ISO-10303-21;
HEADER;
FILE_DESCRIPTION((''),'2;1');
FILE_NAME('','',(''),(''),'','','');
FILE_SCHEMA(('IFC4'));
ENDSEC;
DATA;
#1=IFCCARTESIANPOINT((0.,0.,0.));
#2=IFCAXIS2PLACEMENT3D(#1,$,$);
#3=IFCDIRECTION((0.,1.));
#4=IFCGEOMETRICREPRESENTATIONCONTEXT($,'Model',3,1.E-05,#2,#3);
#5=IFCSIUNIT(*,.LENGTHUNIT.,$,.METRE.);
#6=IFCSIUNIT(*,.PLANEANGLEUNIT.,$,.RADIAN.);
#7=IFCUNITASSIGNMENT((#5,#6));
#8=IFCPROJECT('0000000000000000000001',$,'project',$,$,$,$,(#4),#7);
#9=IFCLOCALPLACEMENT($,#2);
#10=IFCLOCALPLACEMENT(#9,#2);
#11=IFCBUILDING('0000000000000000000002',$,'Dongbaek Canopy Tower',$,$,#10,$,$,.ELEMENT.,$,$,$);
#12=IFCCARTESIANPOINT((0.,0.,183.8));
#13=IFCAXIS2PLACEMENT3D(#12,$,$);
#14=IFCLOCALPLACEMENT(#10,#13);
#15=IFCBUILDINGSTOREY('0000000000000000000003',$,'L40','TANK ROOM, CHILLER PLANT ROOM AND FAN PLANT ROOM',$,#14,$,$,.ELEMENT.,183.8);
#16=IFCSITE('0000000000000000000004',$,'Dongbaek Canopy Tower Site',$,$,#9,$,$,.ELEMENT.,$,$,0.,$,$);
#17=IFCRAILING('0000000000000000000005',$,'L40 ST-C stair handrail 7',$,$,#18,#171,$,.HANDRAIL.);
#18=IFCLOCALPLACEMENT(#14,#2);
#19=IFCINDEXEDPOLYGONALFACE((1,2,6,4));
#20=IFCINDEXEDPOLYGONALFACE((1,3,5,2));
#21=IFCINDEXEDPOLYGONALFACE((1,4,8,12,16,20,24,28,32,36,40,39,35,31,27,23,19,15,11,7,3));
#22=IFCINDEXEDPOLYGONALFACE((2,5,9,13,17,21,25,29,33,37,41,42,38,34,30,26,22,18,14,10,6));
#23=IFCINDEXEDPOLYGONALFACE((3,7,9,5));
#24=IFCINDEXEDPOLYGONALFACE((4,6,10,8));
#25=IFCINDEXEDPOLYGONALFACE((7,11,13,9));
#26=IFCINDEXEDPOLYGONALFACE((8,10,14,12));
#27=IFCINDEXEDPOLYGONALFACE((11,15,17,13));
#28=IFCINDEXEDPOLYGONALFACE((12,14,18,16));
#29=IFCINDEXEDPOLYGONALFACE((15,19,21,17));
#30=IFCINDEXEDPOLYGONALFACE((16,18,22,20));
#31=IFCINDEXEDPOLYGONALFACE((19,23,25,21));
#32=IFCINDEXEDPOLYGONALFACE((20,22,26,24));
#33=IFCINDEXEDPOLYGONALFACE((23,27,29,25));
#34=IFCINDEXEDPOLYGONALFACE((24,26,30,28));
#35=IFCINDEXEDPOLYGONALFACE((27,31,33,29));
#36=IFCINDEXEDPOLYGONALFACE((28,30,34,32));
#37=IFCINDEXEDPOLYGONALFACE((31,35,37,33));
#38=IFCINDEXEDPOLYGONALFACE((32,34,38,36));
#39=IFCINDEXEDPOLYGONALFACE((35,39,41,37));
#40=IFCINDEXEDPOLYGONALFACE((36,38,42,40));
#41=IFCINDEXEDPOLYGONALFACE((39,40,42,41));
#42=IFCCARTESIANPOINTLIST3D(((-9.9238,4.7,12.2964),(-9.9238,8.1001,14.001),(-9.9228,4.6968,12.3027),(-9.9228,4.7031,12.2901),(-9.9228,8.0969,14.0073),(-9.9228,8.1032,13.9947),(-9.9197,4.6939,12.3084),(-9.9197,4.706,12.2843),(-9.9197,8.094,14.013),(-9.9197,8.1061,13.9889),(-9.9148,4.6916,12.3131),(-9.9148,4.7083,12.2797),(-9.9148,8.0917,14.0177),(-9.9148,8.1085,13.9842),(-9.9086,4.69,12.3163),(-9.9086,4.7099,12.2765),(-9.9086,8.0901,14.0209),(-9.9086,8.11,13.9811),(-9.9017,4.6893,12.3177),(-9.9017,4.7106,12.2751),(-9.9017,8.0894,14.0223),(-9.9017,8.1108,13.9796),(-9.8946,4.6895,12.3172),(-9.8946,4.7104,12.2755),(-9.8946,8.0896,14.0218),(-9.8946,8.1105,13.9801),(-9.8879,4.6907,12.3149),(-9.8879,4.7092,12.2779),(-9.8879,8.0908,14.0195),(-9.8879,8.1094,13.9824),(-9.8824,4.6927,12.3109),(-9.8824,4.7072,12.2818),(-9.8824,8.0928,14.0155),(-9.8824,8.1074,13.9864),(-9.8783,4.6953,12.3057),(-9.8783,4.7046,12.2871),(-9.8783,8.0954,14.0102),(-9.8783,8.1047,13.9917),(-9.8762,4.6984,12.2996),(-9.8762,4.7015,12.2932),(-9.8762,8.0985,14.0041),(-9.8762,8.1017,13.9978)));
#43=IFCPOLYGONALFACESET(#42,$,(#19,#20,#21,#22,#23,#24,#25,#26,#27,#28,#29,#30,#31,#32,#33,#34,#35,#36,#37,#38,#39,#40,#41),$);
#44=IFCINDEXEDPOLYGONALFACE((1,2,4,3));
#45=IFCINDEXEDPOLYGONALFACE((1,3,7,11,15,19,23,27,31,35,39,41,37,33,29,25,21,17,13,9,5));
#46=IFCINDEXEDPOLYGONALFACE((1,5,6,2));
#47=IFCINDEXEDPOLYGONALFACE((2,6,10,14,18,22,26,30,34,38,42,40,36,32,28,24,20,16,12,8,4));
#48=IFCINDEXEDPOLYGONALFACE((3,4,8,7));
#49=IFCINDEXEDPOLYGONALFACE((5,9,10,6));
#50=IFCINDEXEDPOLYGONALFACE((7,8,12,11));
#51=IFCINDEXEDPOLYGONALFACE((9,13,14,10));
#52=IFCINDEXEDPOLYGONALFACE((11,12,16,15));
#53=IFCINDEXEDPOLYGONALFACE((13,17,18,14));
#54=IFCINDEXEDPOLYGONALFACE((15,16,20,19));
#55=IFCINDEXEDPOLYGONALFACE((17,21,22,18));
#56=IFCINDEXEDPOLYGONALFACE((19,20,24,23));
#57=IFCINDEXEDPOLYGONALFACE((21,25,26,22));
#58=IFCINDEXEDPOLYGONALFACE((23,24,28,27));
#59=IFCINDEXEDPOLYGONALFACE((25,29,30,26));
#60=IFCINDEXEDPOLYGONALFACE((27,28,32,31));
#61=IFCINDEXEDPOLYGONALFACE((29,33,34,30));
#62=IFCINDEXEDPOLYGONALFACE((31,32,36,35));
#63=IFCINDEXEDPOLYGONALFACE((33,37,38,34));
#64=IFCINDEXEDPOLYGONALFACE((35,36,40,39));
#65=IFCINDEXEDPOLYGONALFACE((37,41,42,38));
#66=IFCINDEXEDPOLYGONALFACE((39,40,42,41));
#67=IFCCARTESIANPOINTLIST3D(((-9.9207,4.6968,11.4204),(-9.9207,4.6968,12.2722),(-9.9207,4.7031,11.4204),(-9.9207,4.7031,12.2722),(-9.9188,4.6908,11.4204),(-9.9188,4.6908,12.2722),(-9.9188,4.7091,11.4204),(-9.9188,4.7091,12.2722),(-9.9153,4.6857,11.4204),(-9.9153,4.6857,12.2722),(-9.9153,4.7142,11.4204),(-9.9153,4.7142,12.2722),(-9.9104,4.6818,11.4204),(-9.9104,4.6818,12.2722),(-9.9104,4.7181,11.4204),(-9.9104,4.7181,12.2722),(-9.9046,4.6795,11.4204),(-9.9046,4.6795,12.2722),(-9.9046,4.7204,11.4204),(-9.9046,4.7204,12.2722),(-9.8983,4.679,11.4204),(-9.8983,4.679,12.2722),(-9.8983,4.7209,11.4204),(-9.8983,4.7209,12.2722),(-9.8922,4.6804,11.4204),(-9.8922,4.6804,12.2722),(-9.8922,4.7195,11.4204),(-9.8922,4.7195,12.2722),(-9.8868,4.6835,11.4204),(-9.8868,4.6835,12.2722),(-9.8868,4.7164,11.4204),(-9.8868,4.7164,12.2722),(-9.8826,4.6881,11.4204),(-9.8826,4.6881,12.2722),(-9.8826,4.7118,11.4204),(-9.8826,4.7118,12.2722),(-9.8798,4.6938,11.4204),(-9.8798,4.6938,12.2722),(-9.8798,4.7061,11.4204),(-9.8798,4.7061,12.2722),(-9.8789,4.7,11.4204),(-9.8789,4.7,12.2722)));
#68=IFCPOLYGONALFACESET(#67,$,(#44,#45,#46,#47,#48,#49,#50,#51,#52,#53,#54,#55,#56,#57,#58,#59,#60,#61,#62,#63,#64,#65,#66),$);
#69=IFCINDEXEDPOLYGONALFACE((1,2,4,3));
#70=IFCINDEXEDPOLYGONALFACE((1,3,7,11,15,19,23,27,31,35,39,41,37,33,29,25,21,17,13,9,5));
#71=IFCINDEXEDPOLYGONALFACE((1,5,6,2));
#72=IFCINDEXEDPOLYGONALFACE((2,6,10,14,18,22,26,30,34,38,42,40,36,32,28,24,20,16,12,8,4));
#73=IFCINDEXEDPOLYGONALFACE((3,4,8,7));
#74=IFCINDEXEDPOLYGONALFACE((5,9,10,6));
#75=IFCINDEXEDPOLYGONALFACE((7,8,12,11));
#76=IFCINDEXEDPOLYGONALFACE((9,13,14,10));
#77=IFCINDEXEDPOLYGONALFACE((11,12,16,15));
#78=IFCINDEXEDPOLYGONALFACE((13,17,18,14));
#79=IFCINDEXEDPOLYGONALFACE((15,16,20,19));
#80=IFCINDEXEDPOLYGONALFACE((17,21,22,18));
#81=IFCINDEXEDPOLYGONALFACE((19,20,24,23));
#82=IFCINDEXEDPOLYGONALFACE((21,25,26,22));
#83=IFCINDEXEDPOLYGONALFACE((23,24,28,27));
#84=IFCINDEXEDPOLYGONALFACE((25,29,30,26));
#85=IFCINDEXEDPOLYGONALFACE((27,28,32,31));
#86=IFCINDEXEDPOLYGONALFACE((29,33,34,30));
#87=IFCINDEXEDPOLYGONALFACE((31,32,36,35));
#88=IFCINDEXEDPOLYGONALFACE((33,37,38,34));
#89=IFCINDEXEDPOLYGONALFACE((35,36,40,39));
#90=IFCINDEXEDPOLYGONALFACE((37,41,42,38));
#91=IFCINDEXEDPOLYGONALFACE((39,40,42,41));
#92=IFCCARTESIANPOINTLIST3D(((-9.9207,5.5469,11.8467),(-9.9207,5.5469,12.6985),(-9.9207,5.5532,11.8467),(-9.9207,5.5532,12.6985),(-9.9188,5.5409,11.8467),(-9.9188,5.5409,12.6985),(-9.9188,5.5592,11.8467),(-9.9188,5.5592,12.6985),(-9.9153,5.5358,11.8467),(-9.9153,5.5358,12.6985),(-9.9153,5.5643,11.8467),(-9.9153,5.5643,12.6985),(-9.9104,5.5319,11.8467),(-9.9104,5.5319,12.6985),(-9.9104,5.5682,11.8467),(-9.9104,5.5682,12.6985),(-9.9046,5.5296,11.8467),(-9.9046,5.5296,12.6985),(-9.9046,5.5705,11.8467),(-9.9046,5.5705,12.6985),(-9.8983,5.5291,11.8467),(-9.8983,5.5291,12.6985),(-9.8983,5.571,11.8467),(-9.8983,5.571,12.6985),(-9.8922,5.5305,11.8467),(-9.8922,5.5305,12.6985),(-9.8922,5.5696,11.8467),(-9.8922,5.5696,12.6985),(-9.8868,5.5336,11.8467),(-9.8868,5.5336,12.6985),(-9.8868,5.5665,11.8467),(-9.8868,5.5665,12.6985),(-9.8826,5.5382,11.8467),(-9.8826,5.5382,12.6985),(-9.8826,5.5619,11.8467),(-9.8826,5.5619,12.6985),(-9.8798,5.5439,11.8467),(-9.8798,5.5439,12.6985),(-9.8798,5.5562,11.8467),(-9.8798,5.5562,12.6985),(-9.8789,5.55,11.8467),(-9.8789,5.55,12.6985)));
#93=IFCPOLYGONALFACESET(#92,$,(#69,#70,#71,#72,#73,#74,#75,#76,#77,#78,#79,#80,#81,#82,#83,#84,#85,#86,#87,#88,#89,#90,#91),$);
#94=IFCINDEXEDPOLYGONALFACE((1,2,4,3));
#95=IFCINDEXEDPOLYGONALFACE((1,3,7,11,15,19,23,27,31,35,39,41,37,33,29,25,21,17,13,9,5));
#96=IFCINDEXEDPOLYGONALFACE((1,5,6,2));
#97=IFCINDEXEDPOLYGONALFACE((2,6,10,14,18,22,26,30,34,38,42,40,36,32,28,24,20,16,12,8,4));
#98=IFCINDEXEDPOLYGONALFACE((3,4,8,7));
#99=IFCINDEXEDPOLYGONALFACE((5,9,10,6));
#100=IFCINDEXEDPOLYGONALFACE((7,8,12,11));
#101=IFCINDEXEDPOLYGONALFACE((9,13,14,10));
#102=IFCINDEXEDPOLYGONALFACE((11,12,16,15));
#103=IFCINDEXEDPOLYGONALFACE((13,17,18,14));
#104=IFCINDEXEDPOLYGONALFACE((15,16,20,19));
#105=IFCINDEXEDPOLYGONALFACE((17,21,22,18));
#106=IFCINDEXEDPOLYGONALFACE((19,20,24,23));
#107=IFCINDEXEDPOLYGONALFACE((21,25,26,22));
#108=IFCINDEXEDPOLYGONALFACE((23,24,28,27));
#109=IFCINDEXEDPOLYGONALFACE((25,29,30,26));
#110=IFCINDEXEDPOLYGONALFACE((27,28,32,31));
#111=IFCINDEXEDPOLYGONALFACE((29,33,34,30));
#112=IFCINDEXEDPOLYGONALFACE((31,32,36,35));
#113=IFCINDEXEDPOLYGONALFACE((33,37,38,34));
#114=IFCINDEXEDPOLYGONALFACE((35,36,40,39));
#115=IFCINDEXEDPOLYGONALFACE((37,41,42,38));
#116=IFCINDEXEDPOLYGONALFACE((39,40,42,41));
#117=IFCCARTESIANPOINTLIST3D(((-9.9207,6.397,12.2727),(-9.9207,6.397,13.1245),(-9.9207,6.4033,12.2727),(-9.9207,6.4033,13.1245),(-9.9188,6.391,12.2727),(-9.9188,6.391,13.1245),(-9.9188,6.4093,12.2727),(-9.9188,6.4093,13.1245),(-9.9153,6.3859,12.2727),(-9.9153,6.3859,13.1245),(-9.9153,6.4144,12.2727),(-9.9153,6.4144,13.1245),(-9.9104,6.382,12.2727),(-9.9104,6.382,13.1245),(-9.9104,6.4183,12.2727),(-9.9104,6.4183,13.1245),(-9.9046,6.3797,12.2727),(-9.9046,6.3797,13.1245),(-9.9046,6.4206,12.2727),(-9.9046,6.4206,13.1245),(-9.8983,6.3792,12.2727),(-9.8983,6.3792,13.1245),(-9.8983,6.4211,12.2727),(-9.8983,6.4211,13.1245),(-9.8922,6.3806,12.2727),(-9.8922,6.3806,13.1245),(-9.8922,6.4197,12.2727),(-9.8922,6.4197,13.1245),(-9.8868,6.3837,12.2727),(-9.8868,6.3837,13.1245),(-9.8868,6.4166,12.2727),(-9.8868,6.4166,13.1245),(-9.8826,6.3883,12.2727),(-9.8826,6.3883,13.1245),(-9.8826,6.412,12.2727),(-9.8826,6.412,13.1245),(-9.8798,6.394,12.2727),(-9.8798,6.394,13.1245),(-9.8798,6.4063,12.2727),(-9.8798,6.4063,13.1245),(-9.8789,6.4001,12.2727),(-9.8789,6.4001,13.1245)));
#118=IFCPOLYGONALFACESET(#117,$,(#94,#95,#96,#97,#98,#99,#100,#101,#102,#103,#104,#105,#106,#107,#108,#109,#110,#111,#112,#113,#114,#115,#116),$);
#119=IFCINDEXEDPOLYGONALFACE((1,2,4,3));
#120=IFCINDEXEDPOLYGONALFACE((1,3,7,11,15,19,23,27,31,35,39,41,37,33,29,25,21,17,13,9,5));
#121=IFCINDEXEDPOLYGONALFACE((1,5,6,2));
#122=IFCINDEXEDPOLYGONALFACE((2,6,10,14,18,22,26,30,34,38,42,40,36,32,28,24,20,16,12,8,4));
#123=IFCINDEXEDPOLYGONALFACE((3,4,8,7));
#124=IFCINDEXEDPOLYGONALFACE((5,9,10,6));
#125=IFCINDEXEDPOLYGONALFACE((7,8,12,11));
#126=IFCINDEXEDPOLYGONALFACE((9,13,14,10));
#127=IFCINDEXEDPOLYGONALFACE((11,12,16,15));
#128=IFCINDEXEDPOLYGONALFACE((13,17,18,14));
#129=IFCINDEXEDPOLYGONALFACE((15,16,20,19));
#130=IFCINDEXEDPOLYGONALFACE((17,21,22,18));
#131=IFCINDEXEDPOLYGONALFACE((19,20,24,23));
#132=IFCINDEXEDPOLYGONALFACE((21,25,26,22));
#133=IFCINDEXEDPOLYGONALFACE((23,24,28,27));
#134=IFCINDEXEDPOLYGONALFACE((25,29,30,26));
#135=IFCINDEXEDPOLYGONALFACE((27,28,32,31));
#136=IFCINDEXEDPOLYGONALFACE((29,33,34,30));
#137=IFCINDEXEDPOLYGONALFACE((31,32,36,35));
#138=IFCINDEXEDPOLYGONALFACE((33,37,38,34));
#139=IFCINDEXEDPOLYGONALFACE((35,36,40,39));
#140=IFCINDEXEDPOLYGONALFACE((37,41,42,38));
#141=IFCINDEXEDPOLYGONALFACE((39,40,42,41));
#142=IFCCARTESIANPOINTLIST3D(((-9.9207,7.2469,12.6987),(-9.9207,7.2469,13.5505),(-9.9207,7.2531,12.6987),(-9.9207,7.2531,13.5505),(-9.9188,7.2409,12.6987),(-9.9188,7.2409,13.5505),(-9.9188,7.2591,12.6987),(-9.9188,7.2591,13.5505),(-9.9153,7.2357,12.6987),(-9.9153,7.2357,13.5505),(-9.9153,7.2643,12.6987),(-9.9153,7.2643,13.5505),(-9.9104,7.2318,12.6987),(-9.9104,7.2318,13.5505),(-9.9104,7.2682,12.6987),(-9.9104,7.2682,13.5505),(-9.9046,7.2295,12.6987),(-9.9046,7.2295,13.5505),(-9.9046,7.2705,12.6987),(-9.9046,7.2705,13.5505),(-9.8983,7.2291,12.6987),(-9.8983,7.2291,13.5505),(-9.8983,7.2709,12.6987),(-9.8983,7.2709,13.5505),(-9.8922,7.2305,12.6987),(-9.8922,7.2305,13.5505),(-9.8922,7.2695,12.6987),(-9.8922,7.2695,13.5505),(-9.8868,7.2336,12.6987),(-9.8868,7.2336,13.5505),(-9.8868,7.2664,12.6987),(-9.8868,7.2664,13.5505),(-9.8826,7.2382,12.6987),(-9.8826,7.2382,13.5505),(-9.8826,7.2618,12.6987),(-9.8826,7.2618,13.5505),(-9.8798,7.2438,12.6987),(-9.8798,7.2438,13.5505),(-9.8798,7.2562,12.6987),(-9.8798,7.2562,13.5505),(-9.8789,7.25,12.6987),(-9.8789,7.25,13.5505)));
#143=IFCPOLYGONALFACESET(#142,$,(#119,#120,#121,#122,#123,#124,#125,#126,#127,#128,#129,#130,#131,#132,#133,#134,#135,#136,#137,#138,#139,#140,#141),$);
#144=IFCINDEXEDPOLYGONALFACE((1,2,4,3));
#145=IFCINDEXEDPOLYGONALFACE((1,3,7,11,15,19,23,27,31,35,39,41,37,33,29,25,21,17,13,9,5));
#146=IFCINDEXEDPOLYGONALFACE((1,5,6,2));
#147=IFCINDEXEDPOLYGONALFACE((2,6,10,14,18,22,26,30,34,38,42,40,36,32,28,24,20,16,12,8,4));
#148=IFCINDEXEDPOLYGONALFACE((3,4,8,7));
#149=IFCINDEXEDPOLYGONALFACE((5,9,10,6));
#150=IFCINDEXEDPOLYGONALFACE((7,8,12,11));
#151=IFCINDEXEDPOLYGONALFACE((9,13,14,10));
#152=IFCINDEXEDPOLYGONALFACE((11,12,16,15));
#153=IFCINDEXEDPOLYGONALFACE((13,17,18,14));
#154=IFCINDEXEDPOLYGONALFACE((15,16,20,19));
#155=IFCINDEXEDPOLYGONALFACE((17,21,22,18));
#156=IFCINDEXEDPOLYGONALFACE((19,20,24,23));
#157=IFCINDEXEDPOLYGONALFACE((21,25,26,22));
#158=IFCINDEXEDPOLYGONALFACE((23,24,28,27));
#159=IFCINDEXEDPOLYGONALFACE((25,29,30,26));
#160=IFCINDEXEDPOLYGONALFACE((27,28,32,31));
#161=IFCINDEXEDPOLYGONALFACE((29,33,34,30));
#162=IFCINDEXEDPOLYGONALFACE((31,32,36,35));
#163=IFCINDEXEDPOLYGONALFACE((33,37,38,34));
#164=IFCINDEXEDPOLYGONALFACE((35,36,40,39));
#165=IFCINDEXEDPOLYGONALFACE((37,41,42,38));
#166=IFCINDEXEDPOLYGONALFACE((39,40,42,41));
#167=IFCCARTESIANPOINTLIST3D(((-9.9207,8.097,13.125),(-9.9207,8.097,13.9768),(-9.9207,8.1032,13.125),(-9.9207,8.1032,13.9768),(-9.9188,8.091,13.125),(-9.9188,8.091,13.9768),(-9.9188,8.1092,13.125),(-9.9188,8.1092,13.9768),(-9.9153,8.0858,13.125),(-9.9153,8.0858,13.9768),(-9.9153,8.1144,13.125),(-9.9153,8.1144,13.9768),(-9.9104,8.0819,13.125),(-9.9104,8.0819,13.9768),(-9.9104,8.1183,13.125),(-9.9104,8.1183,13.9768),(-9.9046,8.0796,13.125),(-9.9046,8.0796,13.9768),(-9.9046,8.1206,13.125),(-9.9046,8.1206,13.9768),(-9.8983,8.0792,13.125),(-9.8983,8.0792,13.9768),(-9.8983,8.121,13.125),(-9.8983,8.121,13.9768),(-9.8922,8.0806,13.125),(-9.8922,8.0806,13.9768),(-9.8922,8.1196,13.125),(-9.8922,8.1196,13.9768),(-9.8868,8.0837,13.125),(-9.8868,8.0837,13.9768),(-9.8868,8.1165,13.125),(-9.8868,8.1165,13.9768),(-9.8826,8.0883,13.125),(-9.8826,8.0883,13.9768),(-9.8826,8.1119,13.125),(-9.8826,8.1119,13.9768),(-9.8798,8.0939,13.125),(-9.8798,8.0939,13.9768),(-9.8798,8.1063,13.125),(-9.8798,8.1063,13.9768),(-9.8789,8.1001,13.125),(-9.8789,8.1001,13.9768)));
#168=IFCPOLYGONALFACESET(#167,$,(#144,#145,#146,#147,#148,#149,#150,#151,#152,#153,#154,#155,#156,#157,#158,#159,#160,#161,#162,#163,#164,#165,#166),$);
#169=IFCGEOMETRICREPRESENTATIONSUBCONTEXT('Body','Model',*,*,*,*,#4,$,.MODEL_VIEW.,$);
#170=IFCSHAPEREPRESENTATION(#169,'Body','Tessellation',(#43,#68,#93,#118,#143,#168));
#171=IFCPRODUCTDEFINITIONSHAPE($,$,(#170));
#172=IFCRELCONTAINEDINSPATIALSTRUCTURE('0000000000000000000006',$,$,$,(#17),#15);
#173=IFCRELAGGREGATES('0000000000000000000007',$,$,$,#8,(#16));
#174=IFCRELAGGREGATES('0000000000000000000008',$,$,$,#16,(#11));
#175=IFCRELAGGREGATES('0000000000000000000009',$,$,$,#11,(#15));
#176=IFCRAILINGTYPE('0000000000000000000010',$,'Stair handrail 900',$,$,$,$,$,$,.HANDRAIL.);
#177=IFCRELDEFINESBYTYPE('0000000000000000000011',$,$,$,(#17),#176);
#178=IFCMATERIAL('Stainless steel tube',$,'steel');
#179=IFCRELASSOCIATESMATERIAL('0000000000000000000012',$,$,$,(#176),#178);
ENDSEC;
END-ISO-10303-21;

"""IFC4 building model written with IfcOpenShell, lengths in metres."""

from ifc_helpers import new_model, si_unit, direction, frame, origin, origin_2d, place, context, subcontext, project, spatial, circle, extrude, material, type_object, element, save


model = new_model("IFC4")

# Units and contexts
model_context = context("Model", 3, precision=1e-05, world=origin(), true_north=direction((0.0, 1.0)))
body_context = subcontext(model_context, "Body", "Model", "MODEL_VIEW")
ifc_project = project(units=[si_unit("LENGTHUNIT", "METRE"), si_unit("PLANEANGLEUNIT", "RADIAN")], contexts=[model_context])

# Site, building, storey
site_placement = place(None, origin())
site = spatial("IfcSite", under=ifc_project, at=site_placement, Name="Dongbaek Canopy Tower Site", CompositionType="ELEMENT", RefElevation=0.0)
building_placement = place(site_placement, origin())
building = spatial("IfcBuilding", under=site, at=building_placement, Name="Dongbaek Canopy Tower", CompositionType="ELEMENT")
storey_placement = place(building_placement, frame((0.0, 0.0, 183.8)))
storey = spatial("IfcBuildingStorey", under=building, at=storey_placement, Name="L40", Description="TANK ROOM, CHILLER PLANT ROOM AND FAN PLANT ROOM", CompositionType="ELEMENT", Elevation=183.8)

# Railing
ifc_material_1 = material(Name="Stainless steel tube", Category="steel")
railing_type = type_object("IfcRailingType", Name="Stair handrail 900", PredefinedType="HANDRAIL", material=ifc_material_1)
for number, where, name in (
    (1, (-9.8999, 4.7, 11.4204), "L40 ST-C stair handrail 7"),
):
    element("IfcRailing", number, at=place(storey_placement, frame(where)), inside=storey, type_object=railing_type, Name=name, PredefinedType="HANDRAIL", context=body_context, shape_type="SweptSolid", body=[
        extrude(circle(Radius=0.0239, at=origin_2d()), frame((0.0, 0.0, 0.876), z_axis=(0.0, 0.893952, 0.448163), x_axis=(-1.0, 0.0, 0.0)), (0.0, 0.0, 1.0), 3.8035),
        extrude(circle(Radius=0.021, at=origin_2d()), origin(), (0.0, 0.0, 1.0), 0.8518),
        extrude(circle(Radius=0.021, at=origin_2d()), frame((0.0, 0.8501, 0.4263)), (0.0, 0.0, 1.0), 0.8518),
        extrude(circle(Radius=0.021, at=origin_2d()), frame((0.0, 1.7002, 0.8523)), (0.0, 0.0, 1.0), 0.8518),
        extrude(circle(Radius=0.021, at=origin_2d()), frame((0.0, 2.55, 1.2783)), (0.0, 0.0, 1.0), 0.8518),
        extrude(circle(Radius=0.021, at=origin_2d()), frame((0.0, 3.4001, 1.7046)), (0.0, 0.0, 1.0), 0.8518),
    ])

save(model, "model.ifc")
